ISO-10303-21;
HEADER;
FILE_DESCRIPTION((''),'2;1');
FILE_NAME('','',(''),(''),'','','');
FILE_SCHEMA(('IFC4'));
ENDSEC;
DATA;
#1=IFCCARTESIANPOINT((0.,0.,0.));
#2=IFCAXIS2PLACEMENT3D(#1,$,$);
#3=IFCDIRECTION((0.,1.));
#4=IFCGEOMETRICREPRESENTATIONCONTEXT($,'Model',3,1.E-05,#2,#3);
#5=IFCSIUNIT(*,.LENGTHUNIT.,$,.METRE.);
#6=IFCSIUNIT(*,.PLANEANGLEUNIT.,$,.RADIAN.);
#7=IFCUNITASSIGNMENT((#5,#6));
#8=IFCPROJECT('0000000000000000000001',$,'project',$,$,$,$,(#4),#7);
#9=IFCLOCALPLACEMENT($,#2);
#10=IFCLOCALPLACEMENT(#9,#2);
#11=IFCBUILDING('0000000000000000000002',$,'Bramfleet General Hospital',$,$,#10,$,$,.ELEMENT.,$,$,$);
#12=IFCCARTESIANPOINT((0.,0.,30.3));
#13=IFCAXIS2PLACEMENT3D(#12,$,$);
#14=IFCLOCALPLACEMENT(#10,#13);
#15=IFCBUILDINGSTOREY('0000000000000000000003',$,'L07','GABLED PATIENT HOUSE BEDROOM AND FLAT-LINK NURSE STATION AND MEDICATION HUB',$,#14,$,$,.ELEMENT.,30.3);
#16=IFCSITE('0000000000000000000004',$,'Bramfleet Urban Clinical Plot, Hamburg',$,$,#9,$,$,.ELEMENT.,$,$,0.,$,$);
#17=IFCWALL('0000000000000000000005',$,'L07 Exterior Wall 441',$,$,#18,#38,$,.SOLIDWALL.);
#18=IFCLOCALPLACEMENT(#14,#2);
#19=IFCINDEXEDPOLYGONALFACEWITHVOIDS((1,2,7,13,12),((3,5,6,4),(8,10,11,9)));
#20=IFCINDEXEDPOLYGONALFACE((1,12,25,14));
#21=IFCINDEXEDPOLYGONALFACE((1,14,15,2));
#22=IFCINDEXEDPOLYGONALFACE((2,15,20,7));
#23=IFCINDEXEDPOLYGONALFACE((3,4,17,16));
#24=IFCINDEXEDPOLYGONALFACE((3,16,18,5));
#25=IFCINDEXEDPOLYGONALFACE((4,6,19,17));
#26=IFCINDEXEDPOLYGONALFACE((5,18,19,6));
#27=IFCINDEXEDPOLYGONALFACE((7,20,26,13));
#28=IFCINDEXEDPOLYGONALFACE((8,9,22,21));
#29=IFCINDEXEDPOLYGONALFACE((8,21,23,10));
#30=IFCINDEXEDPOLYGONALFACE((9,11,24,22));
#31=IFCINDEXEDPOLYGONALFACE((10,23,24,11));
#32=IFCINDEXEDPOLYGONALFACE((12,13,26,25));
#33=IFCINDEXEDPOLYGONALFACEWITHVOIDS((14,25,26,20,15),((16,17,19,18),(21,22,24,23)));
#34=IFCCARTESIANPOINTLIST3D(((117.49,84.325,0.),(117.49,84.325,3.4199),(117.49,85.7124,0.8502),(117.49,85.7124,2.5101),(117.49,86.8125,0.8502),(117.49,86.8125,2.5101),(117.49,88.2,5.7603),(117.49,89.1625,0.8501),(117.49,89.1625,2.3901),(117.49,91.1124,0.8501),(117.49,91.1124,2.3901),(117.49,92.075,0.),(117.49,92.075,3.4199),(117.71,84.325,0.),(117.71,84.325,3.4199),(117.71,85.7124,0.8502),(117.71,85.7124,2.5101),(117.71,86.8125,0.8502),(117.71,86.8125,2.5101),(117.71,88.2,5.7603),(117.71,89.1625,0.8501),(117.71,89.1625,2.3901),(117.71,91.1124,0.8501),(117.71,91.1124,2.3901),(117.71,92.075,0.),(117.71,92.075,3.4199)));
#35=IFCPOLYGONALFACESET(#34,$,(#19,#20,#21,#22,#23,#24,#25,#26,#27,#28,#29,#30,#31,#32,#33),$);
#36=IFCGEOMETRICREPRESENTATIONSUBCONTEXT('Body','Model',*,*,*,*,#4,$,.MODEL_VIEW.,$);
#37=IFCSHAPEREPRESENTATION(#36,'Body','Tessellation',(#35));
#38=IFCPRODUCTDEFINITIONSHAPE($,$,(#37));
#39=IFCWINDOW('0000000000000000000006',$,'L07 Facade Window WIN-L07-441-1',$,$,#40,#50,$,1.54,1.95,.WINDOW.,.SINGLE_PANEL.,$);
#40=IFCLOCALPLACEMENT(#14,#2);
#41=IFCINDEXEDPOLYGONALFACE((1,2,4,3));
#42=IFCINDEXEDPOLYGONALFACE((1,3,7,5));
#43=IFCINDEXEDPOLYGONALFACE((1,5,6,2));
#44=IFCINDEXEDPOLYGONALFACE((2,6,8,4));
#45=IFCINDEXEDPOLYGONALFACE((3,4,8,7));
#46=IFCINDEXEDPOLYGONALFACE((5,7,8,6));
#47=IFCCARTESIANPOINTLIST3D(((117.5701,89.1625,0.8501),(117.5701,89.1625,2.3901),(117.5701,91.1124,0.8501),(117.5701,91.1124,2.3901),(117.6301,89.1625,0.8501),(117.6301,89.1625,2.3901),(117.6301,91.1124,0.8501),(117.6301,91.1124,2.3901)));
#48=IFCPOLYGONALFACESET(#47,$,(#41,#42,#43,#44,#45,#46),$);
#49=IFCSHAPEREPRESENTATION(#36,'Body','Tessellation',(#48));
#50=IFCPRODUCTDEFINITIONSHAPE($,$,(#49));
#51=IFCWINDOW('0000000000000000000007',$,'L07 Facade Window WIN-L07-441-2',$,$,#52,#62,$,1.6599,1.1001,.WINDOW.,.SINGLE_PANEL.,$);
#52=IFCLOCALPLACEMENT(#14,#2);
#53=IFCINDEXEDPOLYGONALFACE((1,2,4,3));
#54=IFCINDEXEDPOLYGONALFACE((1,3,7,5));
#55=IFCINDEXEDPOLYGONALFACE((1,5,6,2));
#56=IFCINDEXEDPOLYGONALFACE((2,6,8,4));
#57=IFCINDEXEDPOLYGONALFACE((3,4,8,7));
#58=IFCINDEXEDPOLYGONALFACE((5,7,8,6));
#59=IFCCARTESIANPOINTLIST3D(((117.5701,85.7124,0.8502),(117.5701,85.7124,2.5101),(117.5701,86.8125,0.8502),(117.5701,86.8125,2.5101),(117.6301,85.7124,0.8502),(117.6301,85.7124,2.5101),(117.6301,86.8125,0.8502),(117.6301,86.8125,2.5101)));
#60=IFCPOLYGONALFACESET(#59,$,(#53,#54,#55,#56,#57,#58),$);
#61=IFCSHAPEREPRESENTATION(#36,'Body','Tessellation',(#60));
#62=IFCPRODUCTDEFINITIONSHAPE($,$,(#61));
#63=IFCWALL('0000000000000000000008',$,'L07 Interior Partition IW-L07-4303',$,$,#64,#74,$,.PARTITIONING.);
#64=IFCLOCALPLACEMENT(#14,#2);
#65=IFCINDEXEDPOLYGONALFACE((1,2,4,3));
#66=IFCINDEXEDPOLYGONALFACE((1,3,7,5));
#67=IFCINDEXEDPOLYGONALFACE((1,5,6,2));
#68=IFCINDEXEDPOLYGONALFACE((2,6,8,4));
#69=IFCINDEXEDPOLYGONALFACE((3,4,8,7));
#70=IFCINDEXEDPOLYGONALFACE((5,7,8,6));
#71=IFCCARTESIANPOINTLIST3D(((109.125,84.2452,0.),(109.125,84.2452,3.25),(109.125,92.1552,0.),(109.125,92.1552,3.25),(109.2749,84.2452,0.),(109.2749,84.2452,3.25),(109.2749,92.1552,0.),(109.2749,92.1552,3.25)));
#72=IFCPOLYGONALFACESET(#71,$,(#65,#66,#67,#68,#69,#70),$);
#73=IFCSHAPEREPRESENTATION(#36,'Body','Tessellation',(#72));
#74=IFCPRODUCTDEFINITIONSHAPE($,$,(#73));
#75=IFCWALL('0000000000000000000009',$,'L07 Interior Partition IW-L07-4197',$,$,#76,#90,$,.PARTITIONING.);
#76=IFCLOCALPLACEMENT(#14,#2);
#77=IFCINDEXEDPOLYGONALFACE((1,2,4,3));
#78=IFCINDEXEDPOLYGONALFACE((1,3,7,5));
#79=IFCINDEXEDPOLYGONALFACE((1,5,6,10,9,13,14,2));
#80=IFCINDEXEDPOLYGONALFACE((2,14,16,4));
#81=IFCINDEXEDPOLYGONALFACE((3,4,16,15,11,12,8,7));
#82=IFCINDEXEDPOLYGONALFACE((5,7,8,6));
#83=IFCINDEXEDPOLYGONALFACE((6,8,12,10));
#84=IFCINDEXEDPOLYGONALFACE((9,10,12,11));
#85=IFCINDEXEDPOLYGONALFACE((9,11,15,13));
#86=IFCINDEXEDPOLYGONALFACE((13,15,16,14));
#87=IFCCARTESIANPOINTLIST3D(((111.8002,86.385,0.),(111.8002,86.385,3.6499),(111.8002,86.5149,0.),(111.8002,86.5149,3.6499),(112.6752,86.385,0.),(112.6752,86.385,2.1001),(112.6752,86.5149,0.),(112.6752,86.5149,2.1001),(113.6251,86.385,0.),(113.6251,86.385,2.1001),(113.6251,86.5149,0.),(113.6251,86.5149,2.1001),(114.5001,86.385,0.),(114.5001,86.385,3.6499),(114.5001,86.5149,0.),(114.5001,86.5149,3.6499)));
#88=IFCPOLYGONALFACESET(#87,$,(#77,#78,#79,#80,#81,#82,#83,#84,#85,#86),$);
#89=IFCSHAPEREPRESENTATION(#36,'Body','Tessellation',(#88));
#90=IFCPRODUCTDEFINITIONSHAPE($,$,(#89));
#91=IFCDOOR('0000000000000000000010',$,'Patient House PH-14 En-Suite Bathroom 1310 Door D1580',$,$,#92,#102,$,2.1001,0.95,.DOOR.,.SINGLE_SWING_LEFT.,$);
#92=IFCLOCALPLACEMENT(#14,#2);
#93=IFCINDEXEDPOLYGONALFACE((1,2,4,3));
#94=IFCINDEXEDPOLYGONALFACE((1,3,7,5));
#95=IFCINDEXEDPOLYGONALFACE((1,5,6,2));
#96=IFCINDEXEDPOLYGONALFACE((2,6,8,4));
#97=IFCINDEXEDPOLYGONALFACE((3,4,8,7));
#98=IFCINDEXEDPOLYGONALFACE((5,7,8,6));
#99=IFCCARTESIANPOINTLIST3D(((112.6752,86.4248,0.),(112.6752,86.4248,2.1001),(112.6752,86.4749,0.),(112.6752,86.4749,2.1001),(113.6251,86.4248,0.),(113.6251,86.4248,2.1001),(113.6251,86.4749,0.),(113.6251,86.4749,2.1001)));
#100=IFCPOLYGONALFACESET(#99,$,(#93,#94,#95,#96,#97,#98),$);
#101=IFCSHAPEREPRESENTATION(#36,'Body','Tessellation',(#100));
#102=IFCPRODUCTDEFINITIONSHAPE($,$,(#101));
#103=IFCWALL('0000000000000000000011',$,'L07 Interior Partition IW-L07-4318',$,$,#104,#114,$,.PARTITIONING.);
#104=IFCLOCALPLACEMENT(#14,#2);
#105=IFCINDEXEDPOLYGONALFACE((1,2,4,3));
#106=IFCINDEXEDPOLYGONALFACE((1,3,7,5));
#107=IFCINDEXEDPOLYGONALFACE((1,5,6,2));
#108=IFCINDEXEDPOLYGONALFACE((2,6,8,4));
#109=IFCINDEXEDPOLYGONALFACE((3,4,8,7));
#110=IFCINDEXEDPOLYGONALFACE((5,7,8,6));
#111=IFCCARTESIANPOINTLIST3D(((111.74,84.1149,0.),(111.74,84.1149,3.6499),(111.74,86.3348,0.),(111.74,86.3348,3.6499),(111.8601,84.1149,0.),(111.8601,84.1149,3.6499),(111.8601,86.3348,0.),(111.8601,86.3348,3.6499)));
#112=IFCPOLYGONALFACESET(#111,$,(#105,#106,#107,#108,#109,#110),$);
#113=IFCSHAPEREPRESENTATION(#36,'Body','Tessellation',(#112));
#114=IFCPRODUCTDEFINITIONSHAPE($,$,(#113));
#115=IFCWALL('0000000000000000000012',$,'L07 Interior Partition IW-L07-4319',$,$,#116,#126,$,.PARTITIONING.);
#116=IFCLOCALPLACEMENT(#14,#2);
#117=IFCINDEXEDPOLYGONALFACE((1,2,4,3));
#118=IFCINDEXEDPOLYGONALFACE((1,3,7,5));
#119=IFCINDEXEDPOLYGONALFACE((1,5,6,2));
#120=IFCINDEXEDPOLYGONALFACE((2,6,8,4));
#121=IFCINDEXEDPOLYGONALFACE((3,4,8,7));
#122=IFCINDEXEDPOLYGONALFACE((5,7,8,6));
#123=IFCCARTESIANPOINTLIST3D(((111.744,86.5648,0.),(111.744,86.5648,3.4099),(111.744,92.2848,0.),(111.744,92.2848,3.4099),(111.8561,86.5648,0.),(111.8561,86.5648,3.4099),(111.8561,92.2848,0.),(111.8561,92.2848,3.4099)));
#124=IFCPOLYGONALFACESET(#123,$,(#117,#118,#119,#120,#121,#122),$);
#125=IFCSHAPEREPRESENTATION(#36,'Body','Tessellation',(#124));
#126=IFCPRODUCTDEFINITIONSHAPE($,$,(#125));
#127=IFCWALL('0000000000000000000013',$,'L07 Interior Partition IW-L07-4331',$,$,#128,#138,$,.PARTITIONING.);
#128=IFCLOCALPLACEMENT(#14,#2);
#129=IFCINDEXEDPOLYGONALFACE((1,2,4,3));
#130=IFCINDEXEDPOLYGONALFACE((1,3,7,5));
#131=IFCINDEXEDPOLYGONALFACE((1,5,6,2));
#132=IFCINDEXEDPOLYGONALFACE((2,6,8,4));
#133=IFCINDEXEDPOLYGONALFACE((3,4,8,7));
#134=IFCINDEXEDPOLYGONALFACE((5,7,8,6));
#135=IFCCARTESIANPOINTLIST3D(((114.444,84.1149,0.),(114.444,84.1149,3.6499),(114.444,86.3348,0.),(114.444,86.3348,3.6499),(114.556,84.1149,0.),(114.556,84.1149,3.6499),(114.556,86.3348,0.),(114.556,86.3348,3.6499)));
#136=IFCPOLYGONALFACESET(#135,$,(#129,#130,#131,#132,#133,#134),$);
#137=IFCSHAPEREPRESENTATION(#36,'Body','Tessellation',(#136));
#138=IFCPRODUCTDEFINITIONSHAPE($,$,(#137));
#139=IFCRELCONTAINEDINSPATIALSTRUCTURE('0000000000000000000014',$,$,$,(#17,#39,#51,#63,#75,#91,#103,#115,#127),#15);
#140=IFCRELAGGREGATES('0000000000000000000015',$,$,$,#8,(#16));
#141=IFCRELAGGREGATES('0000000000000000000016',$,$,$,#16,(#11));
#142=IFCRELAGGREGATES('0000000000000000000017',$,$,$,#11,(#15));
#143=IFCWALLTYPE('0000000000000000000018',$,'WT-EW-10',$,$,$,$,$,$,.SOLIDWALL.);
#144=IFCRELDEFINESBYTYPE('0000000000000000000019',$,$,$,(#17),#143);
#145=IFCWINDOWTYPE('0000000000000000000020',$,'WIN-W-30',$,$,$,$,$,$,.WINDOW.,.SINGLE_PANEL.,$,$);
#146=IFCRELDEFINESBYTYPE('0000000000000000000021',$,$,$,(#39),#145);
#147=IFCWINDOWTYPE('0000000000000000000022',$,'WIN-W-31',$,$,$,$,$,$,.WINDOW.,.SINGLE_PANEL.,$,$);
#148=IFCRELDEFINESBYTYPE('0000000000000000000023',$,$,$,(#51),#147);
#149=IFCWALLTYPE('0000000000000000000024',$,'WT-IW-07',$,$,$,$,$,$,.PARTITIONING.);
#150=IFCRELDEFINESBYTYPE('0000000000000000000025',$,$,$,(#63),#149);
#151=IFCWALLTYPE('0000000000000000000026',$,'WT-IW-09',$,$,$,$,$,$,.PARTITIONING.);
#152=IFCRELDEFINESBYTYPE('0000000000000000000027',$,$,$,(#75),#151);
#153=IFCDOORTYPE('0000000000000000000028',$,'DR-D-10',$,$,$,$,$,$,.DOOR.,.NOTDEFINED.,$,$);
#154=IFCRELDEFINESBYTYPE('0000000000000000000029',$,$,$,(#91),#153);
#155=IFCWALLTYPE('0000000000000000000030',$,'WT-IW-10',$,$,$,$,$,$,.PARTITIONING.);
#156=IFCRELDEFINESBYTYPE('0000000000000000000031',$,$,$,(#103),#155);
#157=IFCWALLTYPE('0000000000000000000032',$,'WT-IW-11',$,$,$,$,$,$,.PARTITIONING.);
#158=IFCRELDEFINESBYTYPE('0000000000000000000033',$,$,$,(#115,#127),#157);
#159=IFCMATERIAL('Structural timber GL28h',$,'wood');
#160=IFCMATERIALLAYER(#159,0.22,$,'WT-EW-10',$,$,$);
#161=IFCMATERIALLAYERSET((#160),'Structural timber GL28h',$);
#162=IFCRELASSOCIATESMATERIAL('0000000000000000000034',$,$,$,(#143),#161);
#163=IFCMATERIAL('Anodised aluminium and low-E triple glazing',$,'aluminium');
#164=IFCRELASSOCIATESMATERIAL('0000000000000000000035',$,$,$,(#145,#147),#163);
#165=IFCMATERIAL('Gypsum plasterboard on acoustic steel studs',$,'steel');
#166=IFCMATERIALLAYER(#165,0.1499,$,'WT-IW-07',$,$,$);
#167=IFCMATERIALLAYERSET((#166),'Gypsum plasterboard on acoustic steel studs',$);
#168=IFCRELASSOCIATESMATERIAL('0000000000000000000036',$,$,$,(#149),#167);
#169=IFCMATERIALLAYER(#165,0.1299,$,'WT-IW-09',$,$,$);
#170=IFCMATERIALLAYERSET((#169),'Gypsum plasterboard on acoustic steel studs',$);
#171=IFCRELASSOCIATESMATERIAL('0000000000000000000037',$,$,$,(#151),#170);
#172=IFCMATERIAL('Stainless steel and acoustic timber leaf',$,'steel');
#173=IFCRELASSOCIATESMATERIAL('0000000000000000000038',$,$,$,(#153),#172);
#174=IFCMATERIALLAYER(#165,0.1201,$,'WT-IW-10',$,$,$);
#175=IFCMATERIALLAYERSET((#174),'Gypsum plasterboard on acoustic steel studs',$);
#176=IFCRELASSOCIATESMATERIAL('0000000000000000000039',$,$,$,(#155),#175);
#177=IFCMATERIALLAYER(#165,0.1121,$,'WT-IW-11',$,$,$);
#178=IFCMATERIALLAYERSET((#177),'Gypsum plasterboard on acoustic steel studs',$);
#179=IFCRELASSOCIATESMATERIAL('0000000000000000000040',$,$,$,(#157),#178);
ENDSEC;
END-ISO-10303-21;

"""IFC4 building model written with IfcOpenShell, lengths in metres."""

from ifc_helpers import new_model, si_unit, direction, frame, frame_2d, origin, place, context, subcontext, project, spatial, polyline, rectangle, outline, extrude, material, layer, layer_set, type_object, element, fill, save


model = new_model("IFC4")

# Units and contexts
model_context = context("Model", 3, precision=1e-05, world=origin(), true_north=direction((0.0, 1.0)))
body_context = subcontext(model_context, "Body", "Model", "MODEL_VIEW")
ifc_project = project(units=[si_unit("LENGTHUNIT", "METRE"), si_unit("PLANEANGLEUNIT", "RADIAN")], contexts=[model_context])

# Site, building, storey
site_placement = place(None, origin())
site = spatial("IfcSite", under=ifc_project, at=site_placement, Name="Bramfleet Urban Clinical Plot, Hamburg", CompositionType="ELEMENT", RefElevation=0.0)
building_placement = place(site_placement, origin())
building = spatial("IfcBuilding", under=site, at=building_placement, Name="Bramfleet General Hospital", CompositionType="ELEMENT")
storey_placement = place(building_placement, frame((0.0, 0.0, 30.3)))
storey = spatial("IfcBuildingStorey", under=building, at=storey_placement, Name="L07", Description="GABLED PATIENT HOUSE BEDROOM AND FLAT-LINK NURSE STATION AND MEDICATION HUB", CompositionType="ELEMENT", Elevation=30.3)

# Shared definitions
ifc_material_1 = material(Name="Anodised aluminium and low-E triple glazing", Category="aluminium")

# Wall, openings, windows
ifc_material_2 = material(Name="Structural timber GL28h", Category="wood")
ifc_layer_1 = layer(ifc_material_2, 0.22, Name="WT-EW-10")
ifc_layer_set_1 = layer_set([ifc_layer_1], Name="Structural timber GL28h")
wall_type_1 = type_object("IfcWallType", Name="WT-EW-10", PredefinedType="SOLIDWALL", material=ifc_layer_set_1)
wall_1_placement = place(storey_placement, frame((117.6001, 92.075, 0.0), z_axis=(0.0, 0.0, 1.0), x_axis=(0.0, -1.0, 0.0)))
wall_1 = element("IfcWall", 1, at=wall_1_placement, inside=storey, type_object=wall_type_1, Name="L07 Exterior Wall 441", PredefinedType="SOLIDWALL", context=body_context, shape_type="SweptSolid", body=[
    extrude(outline(polyline([(0.0, 0.0), (7.75, 0.0), (7.75, 3.4199), (3.875, 5.7603), (0.0, 3.4199), (0.0, 0.0)])), frame((0.0, 0.1099, 0.0), z_axis=(0.0, -1.0, 0.0), x_axis=(1.0, 0.0, 0.0)), (0.0, 0.0, 1.0), 0.22),
])
opening_1_placement = place(wall_1_placement, frame((0.9624, 0.0, 0.8501)))
opening_1 = element("IfcOpeningElement", 2, at=opening_1_placement, cuts=wall_1, PredefinedType="OPENING", context=body_context, shape_type="SweptSolid", body=[
    extrude(rectangle(XDim=1.95, YDim=1.54, at=frame_2d((0.9751, 0.77))), frame((0.0, 0.1199, 0.0), z_axis=(0.0, -1.0, 0.0), x_axis=(1.0, 0.0, 0.0)), (0.0, 0.0, 1.0), 0.24),
])
opening_2_placement = place(wall_1_placement, frame((5.2625, 0.0, 0.8501)))
opening_2 = element("IfcOpeningElement", 3, at=opening_2_placement, cuts=wall_1, PredefinedType="OPENING", context=body_context, shape_type="SweptSolid", body=[
    extrude(rectangle(XDim=1.1001, YDim=1.6599, at=frame_2d((0.55, 0.8301))), frame((0.0, 0.1199, 0.0), z_axis=(0.0, -1.0, 0.0), x_axis=(1.0, 0.0, 0.0)), (0.0, 0.0, 1.0), 0.24),
])
window_type_1 = type_object("IfcWindowType", Name="WIN-W-30", PartitioningType="SINGLE_PANEL", PredefinedType="WINDOW", material=ifc_material_1)
window_1_placement = place(opening_1_placement, origin())
window_1 = element("IfcWindow", 4, at=window_1_placement, inside=storey, type_object=window_type_1, Name="L07 Facade Window WIN-L07-441-1", OverallHeight=1.54, OverallWidth=1.95, PartitioningType="SINGLE_PANEL", PredefinedType="WINDOW", context=body_context, shape_type="SweptSolid", body=[
    extrude(rectangle(XDim=1.95, YDim=1.54, at=frame_2d((0.9751, 0.77))), frame((0.0, 0.03, 0.0), z_axis=(0.0, -1.0, 0.0), x_axis=(1.0, 0.0, 0.0)), (0.0, 0.0, 1.0), 0.0601),
])
fill(opening_1, window_1)
window_type_2 = type_object("IfcWindowType", Name="WIN-W-31", PartitioningType="SINGLE_PANEL", PredefinedType="WINDOW", material=ifc_material_1)
window_2_placement = place(opening_2_placement, origin())
window_2 = element("IfcWindow", 5, at=window_2_placement, inside=storey, type_object=window_type_2, Name="L07 Facade Window WIN-L07-441-2", OverallHeight=1.6599, OverallWidth=1.1001, PartitioningType="SINGLE_PANEL", PredefinedType="WINDOW", context=body_context, shape_type="SweptSolid", body=[
    extrude(rectangle(XDim=1.1001, YDim=1.6599, at=frame_2d((0.55, 0.8301))), frame((0.0, 0.03, 0.0), z_axis=(0.0, -1.0, 0.0), x_axis=(1.0, 0.0, 0.0)), (0.0, 0.0, 1.0), 0.0601),
])
fill(opening_2, window_2)

# Wall
ifc_material_3 = material(Name="Gypsum plasterboard on acoustic steel studs", Category="steel")
ifc_layer_2 = layer(ifc_material_3, 0.1499, Name="WT-IW-07")
ifc_layer_set_2 = layer_set([ifc_layer_2], Name="Gypsum plasterboard on acoustic steel studs")
wall_type_2 = type_object("IfcWallType", Name="WT-IW-07", PredefinedType="PARTITIONING", material=ifc_layer_set_2)
wall_2_placement = place(storey_placement, frame((109.2, 84.2451, 0.0), z_axis=(0.0, 0.0, 1.0), x_axis=(0.0, 1.0, 0.0)))
element("IfcWall", 6, at=wall_2_placement, inside=storey, type_object=wall_type_2, Name="L07 Interior Partition IW-L07-4303", PredefinedType="PARTITIONING", context=body_context, shape_type="SweptSolid", body=[
    extrude(rectangle(XDim=7.9099, YDim=0.1499, at=frame_2d((3.9551, 0.0))), origin(), (0.0, 0.0, 1.0), 3.25),
])

# Wall, opening, door
ifc_layer_3 = layer(ifc_material_3, 0.1299, Name="WT-IW-09")
ifc_layer_set_3 = layer_set([ifc_layer_3], Name="Gypsum plasterboard on acoustic steel studs")
wall_type_3 = type_object("IfcWallType", Name="WT-IW-09", PredefinedType="PARTITIONING", material=ifc_layer_set_3)
wall_3_placement = place(storey_placement, frame((111.8, 86.45, 0.0), z_axis=(0.0, 0.0, 1.0), x_axis=(1.0, 0.0, 0.0)))
wall_3 = element("IfcWall", 7, at=wall_3_placement, inside=storey, type_object=wall_type_3, Name="L07 Interior Partition IW-L07-4197", PredefinedType="PARTITIONING", context=body_context, shape_type="SweptSolid", body=[
    extrude(rectangle(XDim=2.7, YDim=0.1299, at=frame_2d((1.3501, 0.0))), origin(), (0.0, 0.0, 1.0), 3.6499),
])
opening_3_placement = place(wall_3_placement, frame((0.875, 0.0, 0.0)))
opening_3 = element("IfcOpeningElement", 8, at=opening_3_placement, cuts=wall_3, PredefinedType="OPENING", context=body_context, shape_type="SweptSolid", body=[
    extrude(rectangle(XDim=0.95, YDim=2.1001, at=frame_2d((0.4751, 1.05))), frame((0.0, 0.075, 0.0), z_axis=(0.0, -1.0, 0.0), x_axis=(1.0, 0.0, 0.0)), (0.0, 0.0, 1.0), 0.1499),
])
ifc_material_4 = material(Name="Stainless steel and acoustic timber leaf", Category="steel")
door_type_1 = type_object("IfcDoorType", Name="DR-D-10", OperationType="NOTDEFINED", PredefinedType="DOOR", material=ifc_material_4)
door_1_placement = place(opening_3_placement, origin())
door_1 = element("IfcDoor", 9, at=door_1_placement, inside=storey, type_object=door_type_1, Name="Patient House PH-14 En-Suite Bathroom 1310 Door D1580", OperationType="SINGLE_SWING_LEFT", OverallHeight=2.1001, OverallWidth=0.95, PredefinedType="DOOR", context=body_context, shape_type="SweptSolid", body=[
    extrude(rectangle(XDim=0.95, YDim=2.1001, at=frame_2d((0.4751, 1.05))), frame((0.0, 0.0249, 0.0), z_axis=(0.0, -1.0, 0.0), x_axis=(1.0, 0.0, 0.0)), (0.0, 0.0, 1.0), 0.05),
])
fill(opening_3, door_1)

# Walls
ifc_layer_4 = layer(ifc_material_3, 0.1201, Name="WT-IW-10")
ifc_layer_set_4 = layer_set([ifc_layer_4], Name="Gypsum plasterboard on acoustic steel studs")
wall_type_4 = type_object("IfcWallType", Name="WT-IW-10", PredefinedType="PARTITIONING", material=ifc_layer_set_4)
wall_4_placement = place(storey_placement, frame((111.8, 84.115, 0.0), z_axis=(0.0, 0.0, 1.0), x_axis=(0.0, 1.0, 0.0)))
element("IfcWall", 10, at=wall_4_placement, inside=storey, type_object=wall_type_4, Name="L07 Interior Partition IW-L07-4318", PredefinedType="PARTITIONING", context=body_context, shape_type="SweptSolid", body=[
    extrude(rectangle(XDim=2.22, YDim=0.1201, at=frame_2d((1.1099, 0.0))), origin(), (0.0, 0.0, 1.0), 3.6499),
])
ifc_layer_5 = layer(ifc_material_3, 0.1121, Name="WT-IW-11")
ifc_layer_set_5 = layer_set([ifc_layer_5], Name="Gypsum plasterboard on acoustic steel studs")
wall_type_5 = type_object("IfcWallType", Name="WT-IW-11", PredefinedType="PARTITIONING", material=ifc_layer_set_5)
wall_5_placement = place(storey_placement, frame((111.8, 86.5649, 0.0), z_axis=(0.0, 0.0, 1.0), x_axis=(0.0, 1.0, 0.0)))
element("IfcWall", 11, at=wall_5_placement, inside=storey, type_object=wall_type_5, Name="L07 Interior Partition IW-L07-4319", PredefinedType="PARTITIONING", context=body_context, shape_type="SweptSolid", body=[
    extrude(rectangle(XDim=5.72, YDim=0.1121, at=frame_2d((2.8599, 0.0))), origin(), (0.0, 0.0, 1.0), 3.4099),
])
wall_6_placement = place(storey_placement, frame((114.5, 84.115, 0.0), z_axis=(0.0, 0.0, 1.0), x_axis=(0.0, 1.0, 0.0)))
element("IfcWall", 12, at=wall_6_placement, inside=storey, type_object=wall_type_5, Name="L07 Interior Partition IW-L07-4331", PredefinedType="PARTITIONING", context=body_context, shape_type="SweptSolid", body=[
    extrude(rectangle(XDim=2.22, YDim=0.1121, at=frame_2d((1.1099, 0.0))), origin(), (0.0, 0.0, 1.0), 3.6499),
])

save(model, "model.ifc")
